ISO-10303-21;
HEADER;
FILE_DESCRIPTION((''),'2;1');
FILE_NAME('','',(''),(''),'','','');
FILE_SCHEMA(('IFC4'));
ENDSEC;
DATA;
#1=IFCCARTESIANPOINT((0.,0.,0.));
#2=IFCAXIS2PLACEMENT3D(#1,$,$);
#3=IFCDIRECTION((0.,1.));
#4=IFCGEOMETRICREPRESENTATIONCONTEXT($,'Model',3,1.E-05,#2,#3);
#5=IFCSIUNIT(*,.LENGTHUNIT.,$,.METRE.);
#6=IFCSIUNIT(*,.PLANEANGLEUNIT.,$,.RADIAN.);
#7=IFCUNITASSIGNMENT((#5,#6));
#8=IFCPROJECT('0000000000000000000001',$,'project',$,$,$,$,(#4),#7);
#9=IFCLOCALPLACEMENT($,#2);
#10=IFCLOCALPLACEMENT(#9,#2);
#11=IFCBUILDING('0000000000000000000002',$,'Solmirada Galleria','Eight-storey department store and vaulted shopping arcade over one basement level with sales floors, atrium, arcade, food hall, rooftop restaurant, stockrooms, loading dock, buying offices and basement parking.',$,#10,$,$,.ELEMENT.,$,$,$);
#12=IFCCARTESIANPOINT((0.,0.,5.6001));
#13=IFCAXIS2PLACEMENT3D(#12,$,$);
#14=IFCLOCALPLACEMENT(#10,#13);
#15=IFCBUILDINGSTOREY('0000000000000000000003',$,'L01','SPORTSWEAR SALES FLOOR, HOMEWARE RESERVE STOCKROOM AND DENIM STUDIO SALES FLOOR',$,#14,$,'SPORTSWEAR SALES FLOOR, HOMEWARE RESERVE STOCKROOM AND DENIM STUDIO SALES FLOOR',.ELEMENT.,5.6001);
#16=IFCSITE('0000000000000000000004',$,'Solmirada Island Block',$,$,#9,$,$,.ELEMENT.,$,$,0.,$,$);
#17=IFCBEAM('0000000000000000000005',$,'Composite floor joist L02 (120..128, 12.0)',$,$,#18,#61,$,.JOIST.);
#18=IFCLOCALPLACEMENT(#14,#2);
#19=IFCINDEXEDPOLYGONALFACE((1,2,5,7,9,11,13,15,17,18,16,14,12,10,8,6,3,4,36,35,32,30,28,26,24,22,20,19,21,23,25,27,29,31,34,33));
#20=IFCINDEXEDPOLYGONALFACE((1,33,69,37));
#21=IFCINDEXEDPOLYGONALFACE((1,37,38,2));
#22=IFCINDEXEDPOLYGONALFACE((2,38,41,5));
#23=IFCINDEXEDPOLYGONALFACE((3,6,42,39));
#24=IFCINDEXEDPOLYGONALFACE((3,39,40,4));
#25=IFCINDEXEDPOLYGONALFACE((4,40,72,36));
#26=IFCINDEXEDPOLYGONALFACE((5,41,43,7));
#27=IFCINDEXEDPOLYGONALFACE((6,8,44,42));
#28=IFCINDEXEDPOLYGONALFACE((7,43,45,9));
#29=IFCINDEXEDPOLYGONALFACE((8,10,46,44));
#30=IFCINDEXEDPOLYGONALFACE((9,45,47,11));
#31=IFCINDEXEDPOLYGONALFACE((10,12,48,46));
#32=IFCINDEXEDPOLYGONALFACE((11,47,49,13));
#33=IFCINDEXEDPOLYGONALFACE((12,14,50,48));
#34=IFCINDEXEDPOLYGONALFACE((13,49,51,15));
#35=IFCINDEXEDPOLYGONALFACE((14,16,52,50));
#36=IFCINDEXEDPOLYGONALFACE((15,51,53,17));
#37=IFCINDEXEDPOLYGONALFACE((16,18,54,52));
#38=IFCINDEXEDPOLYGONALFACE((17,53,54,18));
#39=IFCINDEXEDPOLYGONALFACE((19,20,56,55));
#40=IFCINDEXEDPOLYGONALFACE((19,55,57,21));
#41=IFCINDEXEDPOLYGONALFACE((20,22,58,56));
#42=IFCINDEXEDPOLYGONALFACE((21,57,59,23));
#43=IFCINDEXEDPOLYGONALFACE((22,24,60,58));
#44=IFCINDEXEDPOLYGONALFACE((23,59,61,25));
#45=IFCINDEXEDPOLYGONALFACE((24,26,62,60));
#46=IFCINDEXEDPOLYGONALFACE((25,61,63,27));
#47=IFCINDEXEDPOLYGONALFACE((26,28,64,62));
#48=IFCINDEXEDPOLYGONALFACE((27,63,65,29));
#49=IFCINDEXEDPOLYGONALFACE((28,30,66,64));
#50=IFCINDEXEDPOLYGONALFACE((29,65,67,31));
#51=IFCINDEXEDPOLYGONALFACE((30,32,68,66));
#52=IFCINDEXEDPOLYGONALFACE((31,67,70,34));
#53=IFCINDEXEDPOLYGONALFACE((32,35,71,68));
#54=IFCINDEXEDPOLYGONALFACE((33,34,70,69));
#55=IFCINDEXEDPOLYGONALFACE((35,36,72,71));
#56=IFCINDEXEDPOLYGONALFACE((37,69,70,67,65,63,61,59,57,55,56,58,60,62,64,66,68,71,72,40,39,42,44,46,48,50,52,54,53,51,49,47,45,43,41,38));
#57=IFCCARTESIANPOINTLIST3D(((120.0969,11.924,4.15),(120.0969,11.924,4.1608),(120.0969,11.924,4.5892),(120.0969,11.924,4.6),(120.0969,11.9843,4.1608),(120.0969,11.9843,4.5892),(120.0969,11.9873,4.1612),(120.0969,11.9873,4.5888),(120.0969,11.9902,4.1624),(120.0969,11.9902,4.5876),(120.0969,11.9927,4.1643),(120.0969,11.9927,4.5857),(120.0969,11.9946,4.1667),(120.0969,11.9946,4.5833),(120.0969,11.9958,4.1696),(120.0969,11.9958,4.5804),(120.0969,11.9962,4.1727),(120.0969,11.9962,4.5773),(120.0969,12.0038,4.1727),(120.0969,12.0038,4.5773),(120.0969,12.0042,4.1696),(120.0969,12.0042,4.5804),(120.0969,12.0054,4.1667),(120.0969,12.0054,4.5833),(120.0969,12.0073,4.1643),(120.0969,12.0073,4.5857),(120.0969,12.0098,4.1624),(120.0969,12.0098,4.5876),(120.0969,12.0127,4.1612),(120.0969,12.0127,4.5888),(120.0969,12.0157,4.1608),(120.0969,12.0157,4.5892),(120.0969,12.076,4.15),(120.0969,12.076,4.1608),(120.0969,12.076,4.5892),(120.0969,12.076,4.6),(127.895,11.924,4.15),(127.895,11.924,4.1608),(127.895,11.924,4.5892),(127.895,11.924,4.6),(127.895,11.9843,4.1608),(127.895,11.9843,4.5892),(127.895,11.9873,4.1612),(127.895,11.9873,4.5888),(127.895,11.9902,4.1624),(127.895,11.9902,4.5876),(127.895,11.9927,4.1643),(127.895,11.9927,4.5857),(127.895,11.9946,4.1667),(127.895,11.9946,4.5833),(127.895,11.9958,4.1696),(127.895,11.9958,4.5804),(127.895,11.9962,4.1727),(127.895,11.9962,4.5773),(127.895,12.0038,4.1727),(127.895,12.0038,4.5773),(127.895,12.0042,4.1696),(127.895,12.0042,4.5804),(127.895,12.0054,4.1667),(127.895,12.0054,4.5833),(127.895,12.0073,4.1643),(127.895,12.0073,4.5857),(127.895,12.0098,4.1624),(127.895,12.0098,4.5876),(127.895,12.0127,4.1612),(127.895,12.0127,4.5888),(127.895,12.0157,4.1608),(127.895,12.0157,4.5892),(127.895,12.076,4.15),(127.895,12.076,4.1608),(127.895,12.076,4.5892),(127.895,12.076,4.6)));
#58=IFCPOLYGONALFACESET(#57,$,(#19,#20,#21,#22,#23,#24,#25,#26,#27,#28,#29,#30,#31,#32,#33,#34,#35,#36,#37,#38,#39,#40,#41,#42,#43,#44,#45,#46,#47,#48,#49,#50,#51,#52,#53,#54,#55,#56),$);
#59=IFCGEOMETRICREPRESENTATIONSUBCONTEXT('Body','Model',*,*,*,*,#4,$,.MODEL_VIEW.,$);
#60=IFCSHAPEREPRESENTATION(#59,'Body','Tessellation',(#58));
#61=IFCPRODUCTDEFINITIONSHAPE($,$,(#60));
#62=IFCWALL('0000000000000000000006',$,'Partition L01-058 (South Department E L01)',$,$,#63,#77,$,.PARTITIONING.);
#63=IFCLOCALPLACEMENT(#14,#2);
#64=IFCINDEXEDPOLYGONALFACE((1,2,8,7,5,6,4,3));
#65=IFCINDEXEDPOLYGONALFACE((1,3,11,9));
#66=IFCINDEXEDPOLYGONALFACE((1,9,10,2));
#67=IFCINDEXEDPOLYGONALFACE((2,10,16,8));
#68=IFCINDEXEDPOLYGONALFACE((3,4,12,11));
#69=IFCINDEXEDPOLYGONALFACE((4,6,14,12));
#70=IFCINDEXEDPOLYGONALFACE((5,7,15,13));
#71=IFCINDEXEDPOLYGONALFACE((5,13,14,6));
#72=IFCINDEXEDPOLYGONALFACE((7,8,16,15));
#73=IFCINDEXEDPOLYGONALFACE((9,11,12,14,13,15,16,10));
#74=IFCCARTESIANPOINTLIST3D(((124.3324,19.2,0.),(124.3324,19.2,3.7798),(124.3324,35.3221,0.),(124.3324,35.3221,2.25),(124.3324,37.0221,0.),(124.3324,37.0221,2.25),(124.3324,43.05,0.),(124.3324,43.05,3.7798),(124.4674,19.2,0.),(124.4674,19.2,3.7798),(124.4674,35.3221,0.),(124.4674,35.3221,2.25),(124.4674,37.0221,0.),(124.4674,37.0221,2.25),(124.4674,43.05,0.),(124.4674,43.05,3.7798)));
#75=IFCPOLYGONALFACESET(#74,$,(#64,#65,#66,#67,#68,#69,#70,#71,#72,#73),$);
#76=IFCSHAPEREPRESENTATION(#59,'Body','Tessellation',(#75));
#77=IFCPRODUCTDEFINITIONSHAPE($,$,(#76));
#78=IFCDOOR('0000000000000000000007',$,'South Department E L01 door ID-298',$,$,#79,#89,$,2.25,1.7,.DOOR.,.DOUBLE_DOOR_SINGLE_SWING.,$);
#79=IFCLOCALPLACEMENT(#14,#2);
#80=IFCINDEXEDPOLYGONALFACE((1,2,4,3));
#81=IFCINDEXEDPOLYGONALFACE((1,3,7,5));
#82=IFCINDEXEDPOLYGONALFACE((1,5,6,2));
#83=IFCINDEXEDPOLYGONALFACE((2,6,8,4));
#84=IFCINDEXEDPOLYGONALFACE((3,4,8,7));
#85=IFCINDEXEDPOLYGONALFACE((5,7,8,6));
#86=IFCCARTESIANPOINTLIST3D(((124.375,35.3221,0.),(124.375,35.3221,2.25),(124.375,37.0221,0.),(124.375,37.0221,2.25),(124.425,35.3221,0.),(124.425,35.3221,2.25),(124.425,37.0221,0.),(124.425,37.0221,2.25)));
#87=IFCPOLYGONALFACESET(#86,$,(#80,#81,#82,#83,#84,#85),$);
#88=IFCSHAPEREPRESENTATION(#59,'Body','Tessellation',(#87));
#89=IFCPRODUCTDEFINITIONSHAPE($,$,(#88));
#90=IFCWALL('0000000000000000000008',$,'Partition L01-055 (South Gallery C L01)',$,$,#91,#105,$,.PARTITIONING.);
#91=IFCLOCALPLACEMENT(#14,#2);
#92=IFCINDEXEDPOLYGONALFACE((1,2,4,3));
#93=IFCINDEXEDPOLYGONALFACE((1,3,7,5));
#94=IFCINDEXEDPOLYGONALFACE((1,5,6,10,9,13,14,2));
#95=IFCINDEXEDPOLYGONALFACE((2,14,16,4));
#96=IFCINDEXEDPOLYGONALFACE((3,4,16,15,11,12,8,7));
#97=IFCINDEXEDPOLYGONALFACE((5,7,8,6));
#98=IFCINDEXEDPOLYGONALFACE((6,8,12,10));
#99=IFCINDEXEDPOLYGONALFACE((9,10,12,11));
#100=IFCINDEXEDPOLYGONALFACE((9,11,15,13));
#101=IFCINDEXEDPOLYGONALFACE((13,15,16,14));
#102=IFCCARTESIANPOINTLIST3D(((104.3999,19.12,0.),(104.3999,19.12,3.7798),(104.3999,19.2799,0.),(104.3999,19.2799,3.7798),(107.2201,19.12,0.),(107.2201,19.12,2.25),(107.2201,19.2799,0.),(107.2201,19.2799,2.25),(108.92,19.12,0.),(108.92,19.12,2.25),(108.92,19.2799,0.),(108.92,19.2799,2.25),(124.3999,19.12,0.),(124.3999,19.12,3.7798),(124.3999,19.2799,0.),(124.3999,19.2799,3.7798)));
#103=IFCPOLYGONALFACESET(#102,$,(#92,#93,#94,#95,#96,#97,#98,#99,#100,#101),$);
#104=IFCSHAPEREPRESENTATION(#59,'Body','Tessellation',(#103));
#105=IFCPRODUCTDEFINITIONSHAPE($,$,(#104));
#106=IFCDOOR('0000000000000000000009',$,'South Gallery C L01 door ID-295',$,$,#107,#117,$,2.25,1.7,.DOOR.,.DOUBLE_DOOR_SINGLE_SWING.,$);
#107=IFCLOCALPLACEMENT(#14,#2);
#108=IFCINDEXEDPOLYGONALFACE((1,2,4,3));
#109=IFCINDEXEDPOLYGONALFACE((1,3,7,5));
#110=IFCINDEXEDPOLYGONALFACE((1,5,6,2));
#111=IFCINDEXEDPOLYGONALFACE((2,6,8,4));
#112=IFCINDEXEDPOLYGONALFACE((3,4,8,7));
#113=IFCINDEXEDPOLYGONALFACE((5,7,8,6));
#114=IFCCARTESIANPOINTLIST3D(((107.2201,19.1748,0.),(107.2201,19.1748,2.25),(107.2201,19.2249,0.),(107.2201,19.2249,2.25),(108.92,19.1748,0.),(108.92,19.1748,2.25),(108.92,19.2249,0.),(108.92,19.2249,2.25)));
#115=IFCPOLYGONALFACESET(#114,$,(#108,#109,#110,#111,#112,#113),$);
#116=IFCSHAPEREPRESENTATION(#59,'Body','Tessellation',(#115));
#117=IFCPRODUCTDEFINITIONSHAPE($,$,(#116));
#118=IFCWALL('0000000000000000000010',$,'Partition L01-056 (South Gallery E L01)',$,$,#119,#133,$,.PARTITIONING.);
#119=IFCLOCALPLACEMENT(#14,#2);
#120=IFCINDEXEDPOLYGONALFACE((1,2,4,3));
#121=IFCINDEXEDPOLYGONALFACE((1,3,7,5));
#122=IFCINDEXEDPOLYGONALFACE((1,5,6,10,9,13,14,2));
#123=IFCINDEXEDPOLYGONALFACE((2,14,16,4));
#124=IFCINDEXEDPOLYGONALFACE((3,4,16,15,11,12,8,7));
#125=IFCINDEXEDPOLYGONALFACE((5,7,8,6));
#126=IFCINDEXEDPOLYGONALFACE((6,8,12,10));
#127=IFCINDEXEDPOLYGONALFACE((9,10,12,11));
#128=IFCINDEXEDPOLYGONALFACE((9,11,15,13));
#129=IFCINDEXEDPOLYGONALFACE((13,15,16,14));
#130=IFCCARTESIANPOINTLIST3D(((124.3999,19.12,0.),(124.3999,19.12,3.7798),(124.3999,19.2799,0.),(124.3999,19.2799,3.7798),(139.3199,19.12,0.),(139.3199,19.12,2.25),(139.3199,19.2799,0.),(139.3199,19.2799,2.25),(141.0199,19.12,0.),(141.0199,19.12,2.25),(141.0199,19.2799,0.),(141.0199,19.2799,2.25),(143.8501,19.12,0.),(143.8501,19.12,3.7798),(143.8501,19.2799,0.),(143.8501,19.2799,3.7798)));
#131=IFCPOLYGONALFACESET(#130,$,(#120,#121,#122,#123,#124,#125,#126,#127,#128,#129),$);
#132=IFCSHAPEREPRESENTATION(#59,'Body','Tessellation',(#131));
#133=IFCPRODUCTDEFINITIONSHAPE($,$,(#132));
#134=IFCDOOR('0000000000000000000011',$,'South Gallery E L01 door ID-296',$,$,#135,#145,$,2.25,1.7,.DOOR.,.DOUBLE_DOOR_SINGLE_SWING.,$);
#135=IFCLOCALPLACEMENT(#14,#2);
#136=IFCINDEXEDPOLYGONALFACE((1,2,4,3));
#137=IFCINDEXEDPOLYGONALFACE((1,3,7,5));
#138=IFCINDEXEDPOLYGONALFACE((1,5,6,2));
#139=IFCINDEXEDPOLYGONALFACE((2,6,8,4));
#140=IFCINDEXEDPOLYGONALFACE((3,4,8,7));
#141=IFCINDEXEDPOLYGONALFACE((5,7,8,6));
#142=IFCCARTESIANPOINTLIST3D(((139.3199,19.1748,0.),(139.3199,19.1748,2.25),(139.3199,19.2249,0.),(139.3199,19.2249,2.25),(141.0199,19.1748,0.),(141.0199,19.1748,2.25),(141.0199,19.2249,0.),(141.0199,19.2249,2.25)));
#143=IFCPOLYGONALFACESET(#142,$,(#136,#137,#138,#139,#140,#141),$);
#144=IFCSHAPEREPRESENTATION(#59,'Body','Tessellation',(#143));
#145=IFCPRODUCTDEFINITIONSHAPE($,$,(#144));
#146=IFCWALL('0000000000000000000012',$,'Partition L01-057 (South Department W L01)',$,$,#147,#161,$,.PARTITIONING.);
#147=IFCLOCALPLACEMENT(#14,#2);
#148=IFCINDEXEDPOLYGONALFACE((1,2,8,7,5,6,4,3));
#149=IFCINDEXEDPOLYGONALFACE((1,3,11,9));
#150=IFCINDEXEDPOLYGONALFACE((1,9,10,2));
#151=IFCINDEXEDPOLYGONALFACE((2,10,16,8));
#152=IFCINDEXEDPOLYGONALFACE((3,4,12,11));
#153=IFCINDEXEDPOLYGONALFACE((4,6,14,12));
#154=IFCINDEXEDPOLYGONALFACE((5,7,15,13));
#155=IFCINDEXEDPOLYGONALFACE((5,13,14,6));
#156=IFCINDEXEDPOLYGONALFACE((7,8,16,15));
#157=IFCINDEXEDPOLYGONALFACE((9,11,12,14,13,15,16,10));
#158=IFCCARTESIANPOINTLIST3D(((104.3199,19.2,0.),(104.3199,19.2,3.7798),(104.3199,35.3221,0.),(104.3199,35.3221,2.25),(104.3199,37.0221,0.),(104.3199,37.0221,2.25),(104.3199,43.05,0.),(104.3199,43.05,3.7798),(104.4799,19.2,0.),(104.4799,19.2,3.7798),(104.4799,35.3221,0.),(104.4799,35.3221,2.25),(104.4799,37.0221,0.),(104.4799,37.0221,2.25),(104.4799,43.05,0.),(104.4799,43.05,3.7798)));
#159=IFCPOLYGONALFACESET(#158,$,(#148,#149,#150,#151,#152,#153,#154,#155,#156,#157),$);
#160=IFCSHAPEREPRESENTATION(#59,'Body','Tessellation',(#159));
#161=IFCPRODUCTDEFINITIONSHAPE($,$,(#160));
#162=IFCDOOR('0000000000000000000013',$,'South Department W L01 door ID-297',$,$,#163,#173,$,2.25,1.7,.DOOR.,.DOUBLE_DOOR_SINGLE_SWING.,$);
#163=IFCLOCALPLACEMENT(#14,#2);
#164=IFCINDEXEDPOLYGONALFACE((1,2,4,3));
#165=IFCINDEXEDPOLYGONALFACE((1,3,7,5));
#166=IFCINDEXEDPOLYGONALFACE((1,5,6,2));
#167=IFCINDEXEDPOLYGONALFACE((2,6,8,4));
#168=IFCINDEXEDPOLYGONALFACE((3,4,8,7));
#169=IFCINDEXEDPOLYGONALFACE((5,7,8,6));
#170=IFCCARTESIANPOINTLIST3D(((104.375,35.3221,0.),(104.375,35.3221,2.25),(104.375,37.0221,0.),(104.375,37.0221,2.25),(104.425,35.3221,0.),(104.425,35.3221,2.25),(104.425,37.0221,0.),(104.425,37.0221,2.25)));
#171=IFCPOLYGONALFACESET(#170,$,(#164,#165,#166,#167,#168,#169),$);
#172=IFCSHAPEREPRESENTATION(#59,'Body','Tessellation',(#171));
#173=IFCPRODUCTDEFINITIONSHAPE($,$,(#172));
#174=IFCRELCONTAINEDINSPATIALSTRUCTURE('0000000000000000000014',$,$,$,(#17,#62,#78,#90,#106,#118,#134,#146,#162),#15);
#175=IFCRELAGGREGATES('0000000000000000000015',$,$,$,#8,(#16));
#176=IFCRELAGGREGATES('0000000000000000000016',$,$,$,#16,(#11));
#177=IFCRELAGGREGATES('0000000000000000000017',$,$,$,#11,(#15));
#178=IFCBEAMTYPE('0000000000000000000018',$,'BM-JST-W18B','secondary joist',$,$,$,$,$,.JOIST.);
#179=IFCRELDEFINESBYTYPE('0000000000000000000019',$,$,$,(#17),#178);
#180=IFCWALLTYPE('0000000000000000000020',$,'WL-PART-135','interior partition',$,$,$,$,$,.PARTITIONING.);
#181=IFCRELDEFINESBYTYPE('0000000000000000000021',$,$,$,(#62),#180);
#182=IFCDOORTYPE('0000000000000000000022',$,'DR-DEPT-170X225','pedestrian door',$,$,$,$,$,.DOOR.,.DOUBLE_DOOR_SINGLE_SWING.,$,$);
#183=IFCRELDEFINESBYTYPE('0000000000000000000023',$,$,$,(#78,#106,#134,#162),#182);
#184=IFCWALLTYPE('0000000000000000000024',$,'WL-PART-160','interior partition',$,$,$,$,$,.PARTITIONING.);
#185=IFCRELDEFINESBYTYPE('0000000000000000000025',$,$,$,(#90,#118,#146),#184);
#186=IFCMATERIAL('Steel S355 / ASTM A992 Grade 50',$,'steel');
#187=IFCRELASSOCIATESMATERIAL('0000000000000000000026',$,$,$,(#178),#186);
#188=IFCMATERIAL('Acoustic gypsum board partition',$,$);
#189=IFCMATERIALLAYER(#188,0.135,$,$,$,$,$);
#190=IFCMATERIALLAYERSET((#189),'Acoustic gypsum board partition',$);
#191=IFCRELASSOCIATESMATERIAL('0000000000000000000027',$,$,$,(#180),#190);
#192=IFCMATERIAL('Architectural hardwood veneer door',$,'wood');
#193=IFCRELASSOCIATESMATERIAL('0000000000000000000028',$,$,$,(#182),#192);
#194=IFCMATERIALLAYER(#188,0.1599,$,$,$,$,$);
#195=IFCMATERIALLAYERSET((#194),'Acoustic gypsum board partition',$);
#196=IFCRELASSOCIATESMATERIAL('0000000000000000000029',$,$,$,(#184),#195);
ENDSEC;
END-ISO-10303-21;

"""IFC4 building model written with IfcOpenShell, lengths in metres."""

from ifc_helpers import new_model, si_unit, direction, frame, frame_2d, origin, origin_2d, place, context, subcontext, project, spatial, rectangle, i_section, extrude, material, layer, layer_set, material_profile, profile_set, type_object, element, fill, save


model = new_model("IFC4")

# Units and contexts
model_context = context("Model", 3, precision=1e-05, world=origin(), true_north=direction((0.0, 1.0)))
body_context = subcontext(model_context, "Body", "Model", "MODEL_VIEW")
ifc_project = project(units=[si_unit("LENGTHUNIT", "METRE"), si_unit("PLANEANGLEUNIT", "RADIAN")], contexts=[model_context])

# Site, building, storey
site_placement = place(None, origin())
site = spatial("IfcSite", under=ifc_project, at=site_placement, Name="Solmirada Island Block", CompositionType="ELEMENT", RefElevation=0.0)
building_placement = place(site_placement, origin())
building = spatial("IfcBuilding", under=site, at=building_placement, Name="Solmirada Galleria", Description="Eight-storey department store and vaulted shopping arcade over one basement level with sales floors, atrium, arcade, food hall, rooftop restaurant, stockrooms, loading dock, buying offices and basement parking.", CompositionType="ELEMENT")
storey_placement = place(building_placement, frame((0.0, 0.0, 5.6001)))
storey = spatial("IfcBuildingStorey", under=building, at=storey_placement, Name="L01", Description="SPORTSWEAR SALES FLOOR, HOMEWARE RESERVE STOCKROOM AND DENIM STUDIO SALES FLOOR", LongName="SPORTSWEAR SALES FLOOR, HOMEWARE RESERVE STOCKROOM AND DENIM STUDIO SALES FLOOR", CompositionType="ELEMENT", Elevation=5.6001)

# Beam
ifc_material_1 = material(Name="Steel S355 / ASTM A992 Grade 50", Category="steel")
ifc_material_profile_1 = material_profile(ifc_material_1, i_section(OverallWidth=0.1521, OverallDepth=0.45, WebThickness=0.0076, FlangeThickness=0.0107, FilletRadius=0.012, at=origin_2d()), Name="W18X35")
ifc_profile_set_1 = profile_set([ifc_material_profile_1], Name="Steel S355 / ASTM A992 Grade 50")
beam_type_1 = type_object("IfcBeamType", Name="BM-JST-W18B", Description="secondary joist", PredefinedType="JOIST", material=ifc_profile_set_1)
for number, where, z_axis, x_axis, name in (
    (1, (120.0969, 12.0, 4.375), (1.0, 0.0, 0.0), (0.0, 1.0, 0.0), "Composite floor joist L02 (120..128, 12.0)"),
):
    element("IfcBeam", number, at=place(storey_placement, frame(where, z_axis=z_axis, x_axis=x_axis)), inside=storey, type_object=beam_type_1, Name=name, PredefinedType="JOIST", context=body_context, shape_type="SweptSolid", body=[
        extrude(i_section(OverallWidth=0.1521, OverallDepth=0.45, WebThickness=0.0076, FlangeThickness=0.0107, FilletRadius=0.012, at=origin_2d()), origin(), (0.0, 0.0, 1.0), 7.7981),
    ])

# Walls, openings, doors
ifc_material_2 = material(Name="Acoustic gypsum board partition")
ifc_layer_1 = layer(ifc_material_2, 0.135)
ifc_layer_set_1 = layer_set([ifc_layer_1], Name="Acoustic gypsum board partition")
wall_type_1 = type_object("IfcWallType", Name="WL-PART-135", Description="interior partition", PredefinedType="PARTITIONING", material=ifc_layer_set_1)
wall_1_placement = place(storey_placement, frame((124.3999, 19.2, 0.0), z_axis=(0.0, 0.0, 1.0), x_axis=(0.0, 1.0, 0.0)))
wall_1 = element("IfcWall", 2, at=wall_1_placement, inside=storey, type_object=wall_type_1, Name="Partition L01-058 (South Department E L01)", PredefinedType="PARTITIONING", context=body_context, shape_type="SweptSolid", body=[
    extrude(rectangle(XDim=23.8501, YDim=0.135, at=frame_2d((11.925, 0.0))), origin(), (0.0, 0.0, 1.0), 3.7798),
])
opening_1_placement = place(wall_1_placement, frame((16.1221, 0.0, 0.0)))
opening_1 = element("IfcOpeningElement", 3, at=opening_1_placement, cuts=wall_1, PredefinedType="OPENING", context=body_context, shape_type="SweptSolid", body=[
    extrude(rectangle(XDim=1.7, YDim=2.25, at=frame_2d((0.8501, 1.125))), frame((0.0, 0.0774, 0.0), z_axis=(0.0, -1.0, 0.0), x_axis=(1.0, 0.0, 0.0)), (0.0, 0.0, 1.0), 0.155),
])
ifc_material_3 = material(Name="Architectural hardwood veneer door", Category="wood")
door_type = type_object("IfcDoorType", Name="DR-DEPT-170X225", Description="pedestrian door", OperationType="DOUBLE_DOOR_SINGLE_SWING", PredefinedType="DOOR", material=ifc_material_3)
door_1_placement = place(opening_1_placement, origin())
door_1 = element("IfcDoor", 4, at=door_1_placement, inside=storey, type_object=door_type, Name="South Department E L01 door ID-298", OperationType="DOUBLE_DOOR_SINGLE_SWING", OverallHeight=2.25, OverallWidth=1.7, PredefinedType="DOOR", context=body_context, shape_type="SweptSolid", body=[
    extrude(rectangle(XDim=1.7, YDim=2.25, at=frame_2d((0.8501, 1.125))), frame((0.0, 0.0249, 0.0), z_axis=(0.0, -1.0, 0.0), x_axis=(1.0, 0.0, 0.0)), (0.0, 0.0, 1.0), 0.05),
])
fill(opening_1, door_1)
ifc_layer_2 = layer(ifc_material_2, 0.1599)
ifc_layer_set_2 = layer_set([ifc_layer_2], Name="Acoustic gypsum board partition")
wall_type_2 = type_object("IfcWallType", Name="WL-PART-160", Description="interior partition", PredefinedType="PARTITIONING", material=ifc_layer_set_2)
wall_2_placement = place(storey_placement, frame((104.3999, 19.2, 0.0), z_axis=(0.0, 0.0, 1.0), x_axis=(1.0, 0.0, 0.0)))
wall_2 = element("IfcWall", 5, at=wall_2_placement, inside=storey, type_object=wall_type_2, Name="Partition L01-055 (South Gallery C L01)", PredefinedType="PARTITIONING", context=body_context, shape_type="SweptSolid", body=[
    extrude(rectangle(XDim=20.0, YDim=0.1599, at=frame_2d((10.0, 0.0))), origin(), (0.0, 0.0, 1.0), 3.7798),
])
opening_2_placement = place(wall_2_placement, frame((2.8201, 0.0, 0.0)))
opening_2 = element("IfcOpeningElement", 6, at=opening_2_placement, cuts=wall_2, PredefinedType="OPENING", context=body_context, shape_type="SweptSolid", body=[
    extrude(rectangle(XDim=1.7, YDim=2.25, at=frame_2d((0.8501, 1.125))), frame((0.0, 0.0898, 0.0), z_axis=(0.0, -1.0, 0.0), x_axis=(1.0, 0.0, 0.0)), (0.0, 0.0, 1.0), 0.1799),
])
door_2_placement = place(opening_2_placement, origin())
door_2 = element("IfcDoor", 7, at=door_2_placement, inside=storey, type_object=door_type, Name="South Gallery C L01 door ID-295", OperationType="DOUBLE_DOOR_SINGLE_SWING", OverallHeight=2.25, OverallWidth=1.7, PredefinedType="DOOR", context=body_context, shape_type="SweptSolid", body=[
    extrude(rectangle(XDim=1.7, YDim=2.25, at=frame_2d((0.8501, 1.125))), frame((0.0, 0.0249, 0.0), z_axis=(0.0, -1.0, 0.0), x_axis=(1.0, 0.0, 0.0)), (0.0, 0.0, 1.0), 0.05),
])
fill(opening_2, door_2)
wall_3_placement = place(storey_placement, frame((124.3999, 19.2, 0.0), z_axis=(0.0, 0.0, 1.0), x_axis=(1.0, 0.0, 0.0)))
wall_3 = element("IfcWall", 8, at=wall_3_placement, inside=storey, type_object=wall_type_2, Name="Partition L01-056 (South Gallery E L01)", PredefinedType="PARTITIONING", context=body_context, shape_type="SweptSolid", body=[
    extrude(rectangle(XDim=19.4502, YDim=0.1599, at=frame_2d((9.7251, 0.0))), origin(), (0.0, 0.0, 1.0), 3.7798),
])
opening_3_placement = place(wall_3_placement, frame((14.9199, 0.0, 0.0)))
opening_3 = element("IfcOpeningElement", 9, at=opening_3_placement, cuts=wall_3, PredefinedType="OPENING", context=body_context, shape_type="SweptSolid", body=[
    extrude(rectangle(XDim=1.7, YDim=2.25, at=frame_2d((0.8501, 1.125))), frame((0.0, 0.0898, 0.0), z_axis=(0.0, -1.0, 0.0), x_axis=(1.0, 0.0, 0.0)), (0.0, 0.0, 1.0), 0.1799),
])
door_3_placement = place(opening_3_placement, origin())
door_3 = element("IfcDoor", 10, at=door_3_placement, inside=storey, type_object=door_type, Name="South Gallery E L01 door ID-296", OperationType="DOUBLE_DOOR_SINGLE_SWING", OverallHeight=2.25, OverallWidth=1.7, PredefinedType="DOOR", context=body_context, shape_type="SweptSolid", body=[
    extrude(rectangle(XDim=1.7, YDim=2.25, at=frame_2d((0.8501, 1.125))), frame((0.0, 0.0249, 0.0), z_axis=(0.0, -1.0, 0.0), x_axis=(1.0, 0.0, 0.0)), (0.0, 0.0, 1.0), 0.05),
])
fill(opening_3, door_3)
wall_4_placement = place(storey_placement, frame((104.3999, 19.2, 0.0), z_axis=(0.0, 0.0, 1.0), x_axis=(0.0, 1.0, 0.0)))
wall_4 = element("IfcWall", 11, at=wall_4_placement, inside=storey, type_object=wall_type_2, Name="Partition L01-057 (South Department W L01)", PredefinedType="PARTITIONING", context=body_context, shape_type="SweptSolid", body=[
    extrude(rectangle(XDim=23.8501, YDim=0.1599, at=frame_2d((11.925, 0.0))), origin(), (0.0, 0.0, 1.0), 3.7798),
])
opening_4_placement = place(wall_4_placement, frame((16.1221, 0.0, 0.0)))
opening_4 = element("IfcOpeningElement", 12, at=opening_4_placement, cuts=wall_4, PredefinedType="OPENING", context=body_context, shape_type="SweptSolid", body=[
    extrude(rectangle(XDim=1.7, YDim=2.25, at=frame_2d((0.8501, 1.125))), frame((0.0, 0.0898, 0.0), z_axis=(0.0, -1.0, 0.0), x_axis=(1.0, 0.0, 0.0)), (0.0, 0.0, 1.0), 0.1799),
])
door_4_placement = place(opening_4_placement, origin())
door_4 = element("IfcDoor", 13, at=door_4_placement, inside=storey, type_object=door_type, Name="South Department W L01 door ID-297", OperationType="DOUBLE_DOOR_SINGLE_SWING", OverallHeight=2.25, OverallWidth=1.7, PredefinedType="DOOR", context=body_context, shape_type="SweptSolid", body=[
    extrude(rectangle(XDim=1.7, YDim=2.25, at=frame_2d((0.8501, 1.125))), frame((0.0, 0.0249, 0.0), z_axis=(0.0, -1.0, 0.0), x_axis=(1.0, 0.0, 0.0)), (0.0, 0.0, 1.0), 0.05),
])
fill(opening_4, door_4)

save(model, "model.ifc")
